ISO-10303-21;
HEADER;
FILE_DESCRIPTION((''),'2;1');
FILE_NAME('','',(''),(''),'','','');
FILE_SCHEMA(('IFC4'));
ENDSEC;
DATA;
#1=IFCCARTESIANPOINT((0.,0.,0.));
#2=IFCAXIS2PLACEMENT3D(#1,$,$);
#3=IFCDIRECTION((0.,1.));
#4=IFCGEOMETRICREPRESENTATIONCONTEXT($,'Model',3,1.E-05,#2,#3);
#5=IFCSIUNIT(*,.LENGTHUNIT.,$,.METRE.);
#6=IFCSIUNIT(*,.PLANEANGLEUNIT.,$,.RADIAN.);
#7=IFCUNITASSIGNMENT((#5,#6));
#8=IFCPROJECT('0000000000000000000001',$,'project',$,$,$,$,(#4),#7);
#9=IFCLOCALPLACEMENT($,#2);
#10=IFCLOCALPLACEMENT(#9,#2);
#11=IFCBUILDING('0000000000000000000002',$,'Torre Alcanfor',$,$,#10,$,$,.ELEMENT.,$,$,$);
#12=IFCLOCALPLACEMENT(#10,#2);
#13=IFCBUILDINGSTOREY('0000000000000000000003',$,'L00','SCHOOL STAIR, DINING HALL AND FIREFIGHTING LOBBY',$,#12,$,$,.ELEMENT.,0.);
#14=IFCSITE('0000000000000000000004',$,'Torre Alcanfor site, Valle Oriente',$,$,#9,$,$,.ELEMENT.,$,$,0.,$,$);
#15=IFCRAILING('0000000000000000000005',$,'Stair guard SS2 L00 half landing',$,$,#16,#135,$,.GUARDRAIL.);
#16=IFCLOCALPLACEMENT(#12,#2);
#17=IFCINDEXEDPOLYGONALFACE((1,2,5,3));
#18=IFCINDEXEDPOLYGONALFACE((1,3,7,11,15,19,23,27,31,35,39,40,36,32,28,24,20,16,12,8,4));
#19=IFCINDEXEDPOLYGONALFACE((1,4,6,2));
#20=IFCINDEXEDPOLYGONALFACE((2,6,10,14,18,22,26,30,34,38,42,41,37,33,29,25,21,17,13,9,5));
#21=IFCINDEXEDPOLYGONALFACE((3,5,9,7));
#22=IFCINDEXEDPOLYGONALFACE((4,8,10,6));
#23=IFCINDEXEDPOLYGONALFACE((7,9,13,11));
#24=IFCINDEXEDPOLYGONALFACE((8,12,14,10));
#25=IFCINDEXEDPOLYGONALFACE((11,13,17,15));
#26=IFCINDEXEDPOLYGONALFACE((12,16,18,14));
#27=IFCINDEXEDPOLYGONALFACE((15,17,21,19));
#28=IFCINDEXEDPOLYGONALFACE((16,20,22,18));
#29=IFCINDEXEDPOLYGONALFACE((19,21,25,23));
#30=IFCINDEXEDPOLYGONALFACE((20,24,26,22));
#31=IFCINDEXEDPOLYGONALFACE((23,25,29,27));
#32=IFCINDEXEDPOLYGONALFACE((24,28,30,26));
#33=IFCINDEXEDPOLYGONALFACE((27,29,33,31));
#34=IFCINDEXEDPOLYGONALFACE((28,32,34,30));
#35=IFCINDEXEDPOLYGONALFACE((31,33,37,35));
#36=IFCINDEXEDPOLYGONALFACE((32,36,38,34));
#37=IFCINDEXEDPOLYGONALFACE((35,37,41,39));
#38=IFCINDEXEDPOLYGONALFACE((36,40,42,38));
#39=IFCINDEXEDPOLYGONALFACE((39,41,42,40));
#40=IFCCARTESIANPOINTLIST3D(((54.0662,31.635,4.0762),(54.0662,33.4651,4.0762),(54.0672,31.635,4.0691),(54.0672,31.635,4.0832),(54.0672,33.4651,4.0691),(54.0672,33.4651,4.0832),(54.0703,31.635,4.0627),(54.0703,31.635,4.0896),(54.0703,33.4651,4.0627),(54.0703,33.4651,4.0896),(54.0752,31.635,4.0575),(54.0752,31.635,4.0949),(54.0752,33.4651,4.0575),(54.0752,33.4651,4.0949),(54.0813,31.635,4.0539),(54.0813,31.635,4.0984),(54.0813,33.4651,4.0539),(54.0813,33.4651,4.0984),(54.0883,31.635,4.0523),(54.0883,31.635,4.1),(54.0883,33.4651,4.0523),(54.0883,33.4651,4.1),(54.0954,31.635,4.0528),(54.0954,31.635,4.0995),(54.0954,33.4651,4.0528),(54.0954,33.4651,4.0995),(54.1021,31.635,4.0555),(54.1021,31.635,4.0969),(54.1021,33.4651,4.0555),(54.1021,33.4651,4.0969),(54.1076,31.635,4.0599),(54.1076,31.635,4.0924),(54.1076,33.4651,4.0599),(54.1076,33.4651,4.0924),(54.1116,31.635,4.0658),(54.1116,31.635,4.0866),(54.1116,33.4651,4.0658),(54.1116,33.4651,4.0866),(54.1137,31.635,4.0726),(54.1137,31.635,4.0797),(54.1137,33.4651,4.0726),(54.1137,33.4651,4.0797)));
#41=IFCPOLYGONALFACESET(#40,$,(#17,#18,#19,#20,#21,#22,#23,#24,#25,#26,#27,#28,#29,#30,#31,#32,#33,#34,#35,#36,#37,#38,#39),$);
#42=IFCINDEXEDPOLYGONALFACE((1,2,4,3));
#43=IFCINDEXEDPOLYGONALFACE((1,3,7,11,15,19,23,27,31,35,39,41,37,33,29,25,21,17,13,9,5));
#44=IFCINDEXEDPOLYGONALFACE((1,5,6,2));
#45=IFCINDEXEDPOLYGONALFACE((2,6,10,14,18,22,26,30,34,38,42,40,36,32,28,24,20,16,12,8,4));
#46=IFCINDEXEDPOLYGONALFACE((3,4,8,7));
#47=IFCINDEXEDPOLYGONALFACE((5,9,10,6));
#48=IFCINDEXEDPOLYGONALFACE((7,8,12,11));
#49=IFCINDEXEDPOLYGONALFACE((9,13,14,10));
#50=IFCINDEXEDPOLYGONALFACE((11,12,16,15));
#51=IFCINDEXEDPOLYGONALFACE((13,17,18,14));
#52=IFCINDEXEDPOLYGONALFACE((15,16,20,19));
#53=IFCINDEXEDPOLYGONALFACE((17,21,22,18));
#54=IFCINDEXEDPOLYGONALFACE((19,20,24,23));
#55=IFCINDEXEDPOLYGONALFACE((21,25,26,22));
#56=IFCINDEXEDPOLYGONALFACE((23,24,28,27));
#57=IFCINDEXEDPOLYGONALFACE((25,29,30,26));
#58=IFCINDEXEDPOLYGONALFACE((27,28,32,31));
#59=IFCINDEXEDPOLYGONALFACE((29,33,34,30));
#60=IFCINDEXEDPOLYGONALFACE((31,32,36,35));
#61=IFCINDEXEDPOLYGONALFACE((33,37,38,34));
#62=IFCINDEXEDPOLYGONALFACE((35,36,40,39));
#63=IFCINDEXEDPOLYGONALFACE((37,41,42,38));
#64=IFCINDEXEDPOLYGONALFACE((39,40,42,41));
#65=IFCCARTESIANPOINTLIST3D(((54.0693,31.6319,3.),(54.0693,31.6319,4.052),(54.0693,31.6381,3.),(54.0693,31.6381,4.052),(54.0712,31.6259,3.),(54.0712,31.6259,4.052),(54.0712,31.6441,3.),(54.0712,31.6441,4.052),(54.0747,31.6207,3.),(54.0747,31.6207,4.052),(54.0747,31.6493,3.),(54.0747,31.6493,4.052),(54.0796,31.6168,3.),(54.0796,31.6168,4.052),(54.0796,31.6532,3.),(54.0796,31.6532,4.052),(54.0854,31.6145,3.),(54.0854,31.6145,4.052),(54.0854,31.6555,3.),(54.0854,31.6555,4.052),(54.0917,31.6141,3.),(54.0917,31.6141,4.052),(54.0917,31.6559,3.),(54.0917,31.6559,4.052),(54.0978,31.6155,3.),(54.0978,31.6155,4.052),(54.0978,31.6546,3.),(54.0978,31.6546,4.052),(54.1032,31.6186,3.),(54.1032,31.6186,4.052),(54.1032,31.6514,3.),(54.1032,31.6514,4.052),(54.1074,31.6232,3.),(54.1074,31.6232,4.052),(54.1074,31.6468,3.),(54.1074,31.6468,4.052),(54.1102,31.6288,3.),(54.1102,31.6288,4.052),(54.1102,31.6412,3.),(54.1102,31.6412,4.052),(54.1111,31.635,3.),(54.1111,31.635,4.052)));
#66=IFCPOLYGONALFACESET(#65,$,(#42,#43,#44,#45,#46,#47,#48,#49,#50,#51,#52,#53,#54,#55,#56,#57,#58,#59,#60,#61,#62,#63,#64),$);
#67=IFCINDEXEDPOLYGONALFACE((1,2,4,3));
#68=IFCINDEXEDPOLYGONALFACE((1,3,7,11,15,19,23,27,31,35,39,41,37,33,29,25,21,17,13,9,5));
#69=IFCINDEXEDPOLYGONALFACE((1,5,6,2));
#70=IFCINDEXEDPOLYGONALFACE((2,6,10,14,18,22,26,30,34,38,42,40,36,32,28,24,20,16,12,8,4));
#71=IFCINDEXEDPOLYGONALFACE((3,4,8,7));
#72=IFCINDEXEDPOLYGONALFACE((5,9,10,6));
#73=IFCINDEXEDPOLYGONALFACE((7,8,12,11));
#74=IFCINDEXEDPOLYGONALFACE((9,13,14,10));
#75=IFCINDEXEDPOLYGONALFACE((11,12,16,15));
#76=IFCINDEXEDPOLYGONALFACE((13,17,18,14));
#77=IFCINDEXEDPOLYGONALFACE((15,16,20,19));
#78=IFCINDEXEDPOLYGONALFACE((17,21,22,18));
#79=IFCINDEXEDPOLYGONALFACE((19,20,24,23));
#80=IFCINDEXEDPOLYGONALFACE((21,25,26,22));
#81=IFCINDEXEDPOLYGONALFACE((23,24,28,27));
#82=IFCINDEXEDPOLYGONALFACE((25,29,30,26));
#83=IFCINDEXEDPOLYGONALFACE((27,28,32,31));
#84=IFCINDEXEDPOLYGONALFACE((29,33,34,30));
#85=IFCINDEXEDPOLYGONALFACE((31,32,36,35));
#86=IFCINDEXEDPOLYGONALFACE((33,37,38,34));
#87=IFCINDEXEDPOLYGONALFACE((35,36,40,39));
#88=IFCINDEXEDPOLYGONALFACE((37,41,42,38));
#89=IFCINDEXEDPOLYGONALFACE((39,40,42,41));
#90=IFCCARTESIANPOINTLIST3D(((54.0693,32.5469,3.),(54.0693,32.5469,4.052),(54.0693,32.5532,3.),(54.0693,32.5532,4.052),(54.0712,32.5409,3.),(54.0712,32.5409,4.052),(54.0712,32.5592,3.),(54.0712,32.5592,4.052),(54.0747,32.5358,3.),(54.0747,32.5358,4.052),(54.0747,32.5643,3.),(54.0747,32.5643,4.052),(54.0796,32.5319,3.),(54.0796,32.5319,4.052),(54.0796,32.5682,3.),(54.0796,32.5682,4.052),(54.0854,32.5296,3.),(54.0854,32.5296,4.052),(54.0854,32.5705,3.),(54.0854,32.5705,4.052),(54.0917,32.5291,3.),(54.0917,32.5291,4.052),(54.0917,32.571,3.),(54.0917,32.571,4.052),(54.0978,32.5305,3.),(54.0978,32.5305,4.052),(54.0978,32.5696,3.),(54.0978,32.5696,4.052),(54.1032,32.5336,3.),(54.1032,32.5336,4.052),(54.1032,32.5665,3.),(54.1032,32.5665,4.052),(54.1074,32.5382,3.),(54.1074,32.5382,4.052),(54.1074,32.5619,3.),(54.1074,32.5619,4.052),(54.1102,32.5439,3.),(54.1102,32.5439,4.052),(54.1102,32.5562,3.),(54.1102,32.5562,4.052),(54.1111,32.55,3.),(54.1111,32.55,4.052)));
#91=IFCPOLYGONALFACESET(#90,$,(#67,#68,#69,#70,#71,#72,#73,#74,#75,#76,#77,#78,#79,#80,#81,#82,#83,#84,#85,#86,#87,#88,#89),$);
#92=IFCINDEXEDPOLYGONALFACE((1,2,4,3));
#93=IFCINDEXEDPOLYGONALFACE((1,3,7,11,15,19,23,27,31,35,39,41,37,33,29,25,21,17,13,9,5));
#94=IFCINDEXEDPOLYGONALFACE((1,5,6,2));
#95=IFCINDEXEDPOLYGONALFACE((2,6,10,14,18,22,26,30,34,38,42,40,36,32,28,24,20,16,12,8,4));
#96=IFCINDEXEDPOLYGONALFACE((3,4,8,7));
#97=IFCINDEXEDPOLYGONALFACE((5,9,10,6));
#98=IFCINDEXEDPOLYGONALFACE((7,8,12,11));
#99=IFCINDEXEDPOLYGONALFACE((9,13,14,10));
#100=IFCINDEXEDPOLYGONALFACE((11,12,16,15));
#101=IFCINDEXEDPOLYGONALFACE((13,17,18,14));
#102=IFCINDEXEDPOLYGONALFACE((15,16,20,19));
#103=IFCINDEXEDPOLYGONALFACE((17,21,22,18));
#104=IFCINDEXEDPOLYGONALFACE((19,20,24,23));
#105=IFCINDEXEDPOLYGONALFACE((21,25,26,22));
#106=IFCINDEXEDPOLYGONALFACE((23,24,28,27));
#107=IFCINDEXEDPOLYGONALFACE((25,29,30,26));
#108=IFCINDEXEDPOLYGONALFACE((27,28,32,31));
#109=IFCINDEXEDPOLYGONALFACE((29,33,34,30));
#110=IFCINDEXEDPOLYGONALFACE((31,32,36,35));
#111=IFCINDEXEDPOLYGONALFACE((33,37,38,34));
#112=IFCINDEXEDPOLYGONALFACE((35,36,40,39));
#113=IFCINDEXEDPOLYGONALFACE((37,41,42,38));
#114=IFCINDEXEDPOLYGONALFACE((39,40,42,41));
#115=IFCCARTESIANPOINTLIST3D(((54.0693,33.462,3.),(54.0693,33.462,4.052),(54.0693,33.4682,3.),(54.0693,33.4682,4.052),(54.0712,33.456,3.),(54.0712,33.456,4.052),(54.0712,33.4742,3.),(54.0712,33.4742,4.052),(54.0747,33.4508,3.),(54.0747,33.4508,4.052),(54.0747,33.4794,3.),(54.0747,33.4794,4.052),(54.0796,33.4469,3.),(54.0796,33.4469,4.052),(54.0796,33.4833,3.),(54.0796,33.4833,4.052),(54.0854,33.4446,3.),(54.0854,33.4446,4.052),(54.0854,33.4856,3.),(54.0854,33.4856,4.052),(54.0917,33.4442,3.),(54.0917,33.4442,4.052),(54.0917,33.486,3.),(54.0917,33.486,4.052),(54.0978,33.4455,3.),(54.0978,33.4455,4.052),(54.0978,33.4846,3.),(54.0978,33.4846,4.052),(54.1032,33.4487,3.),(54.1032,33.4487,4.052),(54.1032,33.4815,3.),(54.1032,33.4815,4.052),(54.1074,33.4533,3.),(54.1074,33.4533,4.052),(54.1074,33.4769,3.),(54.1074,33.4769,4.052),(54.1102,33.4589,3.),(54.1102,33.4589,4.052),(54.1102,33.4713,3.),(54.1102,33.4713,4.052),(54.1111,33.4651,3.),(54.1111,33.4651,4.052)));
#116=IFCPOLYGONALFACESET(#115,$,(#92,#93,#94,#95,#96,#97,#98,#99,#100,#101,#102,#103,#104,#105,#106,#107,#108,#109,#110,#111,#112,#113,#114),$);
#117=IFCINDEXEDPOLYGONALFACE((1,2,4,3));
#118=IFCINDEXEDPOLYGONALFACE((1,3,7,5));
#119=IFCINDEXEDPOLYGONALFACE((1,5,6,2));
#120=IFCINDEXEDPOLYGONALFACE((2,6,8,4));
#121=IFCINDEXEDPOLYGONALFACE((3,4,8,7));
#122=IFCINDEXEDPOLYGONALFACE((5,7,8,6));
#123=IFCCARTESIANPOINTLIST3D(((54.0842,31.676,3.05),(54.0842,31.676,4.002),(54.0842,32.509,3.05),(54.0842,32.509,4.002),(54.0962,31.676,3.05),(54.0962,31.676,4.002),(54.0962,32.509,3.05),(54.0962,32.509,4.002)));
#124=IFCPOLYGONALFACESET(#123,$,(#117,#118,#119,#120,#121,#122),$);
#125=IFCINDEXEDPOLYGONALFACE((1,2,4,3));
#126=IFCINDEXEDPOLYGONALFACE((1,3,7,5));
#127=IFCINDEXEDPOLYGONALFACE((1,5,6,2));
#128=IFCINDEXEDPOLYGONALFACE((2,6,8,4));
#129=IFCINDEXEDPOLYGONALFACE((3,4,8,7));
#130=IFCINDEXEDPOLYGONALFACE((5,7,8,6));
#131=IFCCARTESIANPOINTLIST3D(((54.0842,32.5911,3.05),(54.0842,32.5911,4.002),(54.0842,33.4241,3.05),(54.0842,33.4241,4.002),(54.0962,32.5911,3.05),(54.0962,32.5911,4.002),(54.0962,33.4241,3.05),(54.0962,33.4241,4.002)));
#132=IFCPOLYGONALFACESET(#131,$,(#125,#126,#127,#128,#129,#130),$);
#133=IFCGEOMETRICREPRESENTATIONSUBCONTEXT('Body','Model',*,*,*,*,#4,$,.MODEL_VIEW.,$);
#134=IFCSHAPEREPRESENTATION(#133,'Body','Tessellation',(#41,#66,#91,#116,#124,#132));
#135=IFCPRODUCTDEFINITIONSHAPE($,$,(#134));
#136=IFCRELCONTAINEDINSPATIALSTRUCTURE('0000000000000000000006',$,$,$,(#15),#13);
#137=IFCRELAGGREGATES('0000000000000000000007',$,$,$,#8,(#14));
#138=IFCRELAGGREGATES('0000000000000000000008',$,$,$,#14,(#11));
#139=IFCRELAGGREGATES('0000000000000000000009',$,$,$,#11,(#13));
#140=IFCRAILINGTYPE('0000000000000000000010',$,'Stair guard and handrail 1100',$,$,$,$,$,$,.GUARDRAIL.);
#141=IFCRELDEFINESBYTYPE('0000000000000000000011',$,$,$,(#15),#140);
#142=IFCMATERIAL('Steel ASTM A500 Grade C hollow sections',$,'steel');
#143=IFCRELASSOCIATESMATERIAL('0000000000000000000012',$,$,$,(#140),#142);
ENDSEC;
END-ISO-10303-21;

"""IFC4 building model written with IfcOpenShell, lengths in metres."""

from ifc_helpers import new_model, si_unit, direction, frame, origin, origin_2d, place, context, subcontext, project, spatial, polyline, circle, outline, extrude, material, type_object, element, save


model = new_model("IFC4")

# Units and contexts
model_context = context("Model", 3, precision=1e-05, world=origin(), true_north=direction((0.0, 1.0)))
body_context = subcontext(model_context, "Body", "Model", "MODEL_VIEW")
ifc_project = project(units=[si_unit("LENGTHUNIT", "METRE"), si_unit("PLANEANGLEUNIT", "RADIAN")], contexts=[model_context])

# Site, building, storey
site_placement = place(None, origin())
site = spatial("IfcSite", under=ifc_project, at=site_placement, Name="Torre Alcanfor site, Valle Oriente", CompositionType="ELEMENT", RefElevation=0.0)
building_placement = place(site_placement, origin())
building = spatial("IfcBuilding", under=site, at=building_placement, Name="Torre Alcanfor", CompositionType="ELEMENT")
storey_placement = place(building_placement, origin())
storey = spatial("IfcBuildingStorey", under=building, at=storey_placement, Name="L00", Description="SCHOOL STAIR, DINING HALL AND FIREFIGHTING LOBBY", CompositionType="ELEMENT", Elevation=0.0)

# Railing
ifc_material_1 = material(Name="Steel ASTM A500 Grade C hollow sections", Category="steel")
railing_type_1 = type_object("IfcRailingType", Name="Stair guard and handrail 1100", PredefinedType="GUARDRAIL", material=ifc_material_1)
railing_1_placement = place(storey_placement, frame((54.0901, 31.635, 3.0)))
element("IfcRailing", 1, at=railing_1_placement, inside=storey, type_object=railing_type_1, Name="Stair guard SS2 L00 half landing", PredefinedType="GUARDRAIL", context=body_context, shape_type="SweptSolid", body=[
    extrude(circle(Radius=0.0239, at=origin_2d()), frame((0.0, 0.0, 1.0762), z_axis=(0.0, 1.0, 0.0), x_axis=(-1.0, 0.0, 0.0)), (0.0, 0.0, 1.0), 1.8301),
    extrude(circle(Radius=0.021, at=origin_2d()), origin(), (0.0, 0.0, 1.0), 1.052),
    extrude(circle(Radius=0.021, at=origin_2d()), frame((0.0, 0.915, 0.0)), (0.0, 0.0, 1.0), 1.052),
    extrude(circle(Radius=0.021, at=origin_2d()), frame((0.0, 1.8301, 0.0)), (0.0, 0.0, 1.0), 1.052),
    extrude(outline(polyline([(0.041, 0.05), (0.874, 0.05), (0.874, 1.002), (0.041, 1.002), (0.041, 0.05)])), frame((-0.0059, 0.0, 0.0), z_axis=(1.0, 0.0, 0.0), x_axis=(0.0, 1.0, 0.0)), (0.0, 0.0, 1.0), 0.012),
    extrude(outline(polyline([(0.9561, 0.05), (1.7891, 0.05), (1.7891, 1.002), (0.9561, 1.002), (0.9561, 0.05)])), frame((-0.0059, 0.0, 0.0), z_axis=(1.0, 0.0, 0.0), x_axis=(0.0, 1.0, 0.0)), (0.0, 0.0, 1.0), 0.012),
])

save(model, "model.ifc")
